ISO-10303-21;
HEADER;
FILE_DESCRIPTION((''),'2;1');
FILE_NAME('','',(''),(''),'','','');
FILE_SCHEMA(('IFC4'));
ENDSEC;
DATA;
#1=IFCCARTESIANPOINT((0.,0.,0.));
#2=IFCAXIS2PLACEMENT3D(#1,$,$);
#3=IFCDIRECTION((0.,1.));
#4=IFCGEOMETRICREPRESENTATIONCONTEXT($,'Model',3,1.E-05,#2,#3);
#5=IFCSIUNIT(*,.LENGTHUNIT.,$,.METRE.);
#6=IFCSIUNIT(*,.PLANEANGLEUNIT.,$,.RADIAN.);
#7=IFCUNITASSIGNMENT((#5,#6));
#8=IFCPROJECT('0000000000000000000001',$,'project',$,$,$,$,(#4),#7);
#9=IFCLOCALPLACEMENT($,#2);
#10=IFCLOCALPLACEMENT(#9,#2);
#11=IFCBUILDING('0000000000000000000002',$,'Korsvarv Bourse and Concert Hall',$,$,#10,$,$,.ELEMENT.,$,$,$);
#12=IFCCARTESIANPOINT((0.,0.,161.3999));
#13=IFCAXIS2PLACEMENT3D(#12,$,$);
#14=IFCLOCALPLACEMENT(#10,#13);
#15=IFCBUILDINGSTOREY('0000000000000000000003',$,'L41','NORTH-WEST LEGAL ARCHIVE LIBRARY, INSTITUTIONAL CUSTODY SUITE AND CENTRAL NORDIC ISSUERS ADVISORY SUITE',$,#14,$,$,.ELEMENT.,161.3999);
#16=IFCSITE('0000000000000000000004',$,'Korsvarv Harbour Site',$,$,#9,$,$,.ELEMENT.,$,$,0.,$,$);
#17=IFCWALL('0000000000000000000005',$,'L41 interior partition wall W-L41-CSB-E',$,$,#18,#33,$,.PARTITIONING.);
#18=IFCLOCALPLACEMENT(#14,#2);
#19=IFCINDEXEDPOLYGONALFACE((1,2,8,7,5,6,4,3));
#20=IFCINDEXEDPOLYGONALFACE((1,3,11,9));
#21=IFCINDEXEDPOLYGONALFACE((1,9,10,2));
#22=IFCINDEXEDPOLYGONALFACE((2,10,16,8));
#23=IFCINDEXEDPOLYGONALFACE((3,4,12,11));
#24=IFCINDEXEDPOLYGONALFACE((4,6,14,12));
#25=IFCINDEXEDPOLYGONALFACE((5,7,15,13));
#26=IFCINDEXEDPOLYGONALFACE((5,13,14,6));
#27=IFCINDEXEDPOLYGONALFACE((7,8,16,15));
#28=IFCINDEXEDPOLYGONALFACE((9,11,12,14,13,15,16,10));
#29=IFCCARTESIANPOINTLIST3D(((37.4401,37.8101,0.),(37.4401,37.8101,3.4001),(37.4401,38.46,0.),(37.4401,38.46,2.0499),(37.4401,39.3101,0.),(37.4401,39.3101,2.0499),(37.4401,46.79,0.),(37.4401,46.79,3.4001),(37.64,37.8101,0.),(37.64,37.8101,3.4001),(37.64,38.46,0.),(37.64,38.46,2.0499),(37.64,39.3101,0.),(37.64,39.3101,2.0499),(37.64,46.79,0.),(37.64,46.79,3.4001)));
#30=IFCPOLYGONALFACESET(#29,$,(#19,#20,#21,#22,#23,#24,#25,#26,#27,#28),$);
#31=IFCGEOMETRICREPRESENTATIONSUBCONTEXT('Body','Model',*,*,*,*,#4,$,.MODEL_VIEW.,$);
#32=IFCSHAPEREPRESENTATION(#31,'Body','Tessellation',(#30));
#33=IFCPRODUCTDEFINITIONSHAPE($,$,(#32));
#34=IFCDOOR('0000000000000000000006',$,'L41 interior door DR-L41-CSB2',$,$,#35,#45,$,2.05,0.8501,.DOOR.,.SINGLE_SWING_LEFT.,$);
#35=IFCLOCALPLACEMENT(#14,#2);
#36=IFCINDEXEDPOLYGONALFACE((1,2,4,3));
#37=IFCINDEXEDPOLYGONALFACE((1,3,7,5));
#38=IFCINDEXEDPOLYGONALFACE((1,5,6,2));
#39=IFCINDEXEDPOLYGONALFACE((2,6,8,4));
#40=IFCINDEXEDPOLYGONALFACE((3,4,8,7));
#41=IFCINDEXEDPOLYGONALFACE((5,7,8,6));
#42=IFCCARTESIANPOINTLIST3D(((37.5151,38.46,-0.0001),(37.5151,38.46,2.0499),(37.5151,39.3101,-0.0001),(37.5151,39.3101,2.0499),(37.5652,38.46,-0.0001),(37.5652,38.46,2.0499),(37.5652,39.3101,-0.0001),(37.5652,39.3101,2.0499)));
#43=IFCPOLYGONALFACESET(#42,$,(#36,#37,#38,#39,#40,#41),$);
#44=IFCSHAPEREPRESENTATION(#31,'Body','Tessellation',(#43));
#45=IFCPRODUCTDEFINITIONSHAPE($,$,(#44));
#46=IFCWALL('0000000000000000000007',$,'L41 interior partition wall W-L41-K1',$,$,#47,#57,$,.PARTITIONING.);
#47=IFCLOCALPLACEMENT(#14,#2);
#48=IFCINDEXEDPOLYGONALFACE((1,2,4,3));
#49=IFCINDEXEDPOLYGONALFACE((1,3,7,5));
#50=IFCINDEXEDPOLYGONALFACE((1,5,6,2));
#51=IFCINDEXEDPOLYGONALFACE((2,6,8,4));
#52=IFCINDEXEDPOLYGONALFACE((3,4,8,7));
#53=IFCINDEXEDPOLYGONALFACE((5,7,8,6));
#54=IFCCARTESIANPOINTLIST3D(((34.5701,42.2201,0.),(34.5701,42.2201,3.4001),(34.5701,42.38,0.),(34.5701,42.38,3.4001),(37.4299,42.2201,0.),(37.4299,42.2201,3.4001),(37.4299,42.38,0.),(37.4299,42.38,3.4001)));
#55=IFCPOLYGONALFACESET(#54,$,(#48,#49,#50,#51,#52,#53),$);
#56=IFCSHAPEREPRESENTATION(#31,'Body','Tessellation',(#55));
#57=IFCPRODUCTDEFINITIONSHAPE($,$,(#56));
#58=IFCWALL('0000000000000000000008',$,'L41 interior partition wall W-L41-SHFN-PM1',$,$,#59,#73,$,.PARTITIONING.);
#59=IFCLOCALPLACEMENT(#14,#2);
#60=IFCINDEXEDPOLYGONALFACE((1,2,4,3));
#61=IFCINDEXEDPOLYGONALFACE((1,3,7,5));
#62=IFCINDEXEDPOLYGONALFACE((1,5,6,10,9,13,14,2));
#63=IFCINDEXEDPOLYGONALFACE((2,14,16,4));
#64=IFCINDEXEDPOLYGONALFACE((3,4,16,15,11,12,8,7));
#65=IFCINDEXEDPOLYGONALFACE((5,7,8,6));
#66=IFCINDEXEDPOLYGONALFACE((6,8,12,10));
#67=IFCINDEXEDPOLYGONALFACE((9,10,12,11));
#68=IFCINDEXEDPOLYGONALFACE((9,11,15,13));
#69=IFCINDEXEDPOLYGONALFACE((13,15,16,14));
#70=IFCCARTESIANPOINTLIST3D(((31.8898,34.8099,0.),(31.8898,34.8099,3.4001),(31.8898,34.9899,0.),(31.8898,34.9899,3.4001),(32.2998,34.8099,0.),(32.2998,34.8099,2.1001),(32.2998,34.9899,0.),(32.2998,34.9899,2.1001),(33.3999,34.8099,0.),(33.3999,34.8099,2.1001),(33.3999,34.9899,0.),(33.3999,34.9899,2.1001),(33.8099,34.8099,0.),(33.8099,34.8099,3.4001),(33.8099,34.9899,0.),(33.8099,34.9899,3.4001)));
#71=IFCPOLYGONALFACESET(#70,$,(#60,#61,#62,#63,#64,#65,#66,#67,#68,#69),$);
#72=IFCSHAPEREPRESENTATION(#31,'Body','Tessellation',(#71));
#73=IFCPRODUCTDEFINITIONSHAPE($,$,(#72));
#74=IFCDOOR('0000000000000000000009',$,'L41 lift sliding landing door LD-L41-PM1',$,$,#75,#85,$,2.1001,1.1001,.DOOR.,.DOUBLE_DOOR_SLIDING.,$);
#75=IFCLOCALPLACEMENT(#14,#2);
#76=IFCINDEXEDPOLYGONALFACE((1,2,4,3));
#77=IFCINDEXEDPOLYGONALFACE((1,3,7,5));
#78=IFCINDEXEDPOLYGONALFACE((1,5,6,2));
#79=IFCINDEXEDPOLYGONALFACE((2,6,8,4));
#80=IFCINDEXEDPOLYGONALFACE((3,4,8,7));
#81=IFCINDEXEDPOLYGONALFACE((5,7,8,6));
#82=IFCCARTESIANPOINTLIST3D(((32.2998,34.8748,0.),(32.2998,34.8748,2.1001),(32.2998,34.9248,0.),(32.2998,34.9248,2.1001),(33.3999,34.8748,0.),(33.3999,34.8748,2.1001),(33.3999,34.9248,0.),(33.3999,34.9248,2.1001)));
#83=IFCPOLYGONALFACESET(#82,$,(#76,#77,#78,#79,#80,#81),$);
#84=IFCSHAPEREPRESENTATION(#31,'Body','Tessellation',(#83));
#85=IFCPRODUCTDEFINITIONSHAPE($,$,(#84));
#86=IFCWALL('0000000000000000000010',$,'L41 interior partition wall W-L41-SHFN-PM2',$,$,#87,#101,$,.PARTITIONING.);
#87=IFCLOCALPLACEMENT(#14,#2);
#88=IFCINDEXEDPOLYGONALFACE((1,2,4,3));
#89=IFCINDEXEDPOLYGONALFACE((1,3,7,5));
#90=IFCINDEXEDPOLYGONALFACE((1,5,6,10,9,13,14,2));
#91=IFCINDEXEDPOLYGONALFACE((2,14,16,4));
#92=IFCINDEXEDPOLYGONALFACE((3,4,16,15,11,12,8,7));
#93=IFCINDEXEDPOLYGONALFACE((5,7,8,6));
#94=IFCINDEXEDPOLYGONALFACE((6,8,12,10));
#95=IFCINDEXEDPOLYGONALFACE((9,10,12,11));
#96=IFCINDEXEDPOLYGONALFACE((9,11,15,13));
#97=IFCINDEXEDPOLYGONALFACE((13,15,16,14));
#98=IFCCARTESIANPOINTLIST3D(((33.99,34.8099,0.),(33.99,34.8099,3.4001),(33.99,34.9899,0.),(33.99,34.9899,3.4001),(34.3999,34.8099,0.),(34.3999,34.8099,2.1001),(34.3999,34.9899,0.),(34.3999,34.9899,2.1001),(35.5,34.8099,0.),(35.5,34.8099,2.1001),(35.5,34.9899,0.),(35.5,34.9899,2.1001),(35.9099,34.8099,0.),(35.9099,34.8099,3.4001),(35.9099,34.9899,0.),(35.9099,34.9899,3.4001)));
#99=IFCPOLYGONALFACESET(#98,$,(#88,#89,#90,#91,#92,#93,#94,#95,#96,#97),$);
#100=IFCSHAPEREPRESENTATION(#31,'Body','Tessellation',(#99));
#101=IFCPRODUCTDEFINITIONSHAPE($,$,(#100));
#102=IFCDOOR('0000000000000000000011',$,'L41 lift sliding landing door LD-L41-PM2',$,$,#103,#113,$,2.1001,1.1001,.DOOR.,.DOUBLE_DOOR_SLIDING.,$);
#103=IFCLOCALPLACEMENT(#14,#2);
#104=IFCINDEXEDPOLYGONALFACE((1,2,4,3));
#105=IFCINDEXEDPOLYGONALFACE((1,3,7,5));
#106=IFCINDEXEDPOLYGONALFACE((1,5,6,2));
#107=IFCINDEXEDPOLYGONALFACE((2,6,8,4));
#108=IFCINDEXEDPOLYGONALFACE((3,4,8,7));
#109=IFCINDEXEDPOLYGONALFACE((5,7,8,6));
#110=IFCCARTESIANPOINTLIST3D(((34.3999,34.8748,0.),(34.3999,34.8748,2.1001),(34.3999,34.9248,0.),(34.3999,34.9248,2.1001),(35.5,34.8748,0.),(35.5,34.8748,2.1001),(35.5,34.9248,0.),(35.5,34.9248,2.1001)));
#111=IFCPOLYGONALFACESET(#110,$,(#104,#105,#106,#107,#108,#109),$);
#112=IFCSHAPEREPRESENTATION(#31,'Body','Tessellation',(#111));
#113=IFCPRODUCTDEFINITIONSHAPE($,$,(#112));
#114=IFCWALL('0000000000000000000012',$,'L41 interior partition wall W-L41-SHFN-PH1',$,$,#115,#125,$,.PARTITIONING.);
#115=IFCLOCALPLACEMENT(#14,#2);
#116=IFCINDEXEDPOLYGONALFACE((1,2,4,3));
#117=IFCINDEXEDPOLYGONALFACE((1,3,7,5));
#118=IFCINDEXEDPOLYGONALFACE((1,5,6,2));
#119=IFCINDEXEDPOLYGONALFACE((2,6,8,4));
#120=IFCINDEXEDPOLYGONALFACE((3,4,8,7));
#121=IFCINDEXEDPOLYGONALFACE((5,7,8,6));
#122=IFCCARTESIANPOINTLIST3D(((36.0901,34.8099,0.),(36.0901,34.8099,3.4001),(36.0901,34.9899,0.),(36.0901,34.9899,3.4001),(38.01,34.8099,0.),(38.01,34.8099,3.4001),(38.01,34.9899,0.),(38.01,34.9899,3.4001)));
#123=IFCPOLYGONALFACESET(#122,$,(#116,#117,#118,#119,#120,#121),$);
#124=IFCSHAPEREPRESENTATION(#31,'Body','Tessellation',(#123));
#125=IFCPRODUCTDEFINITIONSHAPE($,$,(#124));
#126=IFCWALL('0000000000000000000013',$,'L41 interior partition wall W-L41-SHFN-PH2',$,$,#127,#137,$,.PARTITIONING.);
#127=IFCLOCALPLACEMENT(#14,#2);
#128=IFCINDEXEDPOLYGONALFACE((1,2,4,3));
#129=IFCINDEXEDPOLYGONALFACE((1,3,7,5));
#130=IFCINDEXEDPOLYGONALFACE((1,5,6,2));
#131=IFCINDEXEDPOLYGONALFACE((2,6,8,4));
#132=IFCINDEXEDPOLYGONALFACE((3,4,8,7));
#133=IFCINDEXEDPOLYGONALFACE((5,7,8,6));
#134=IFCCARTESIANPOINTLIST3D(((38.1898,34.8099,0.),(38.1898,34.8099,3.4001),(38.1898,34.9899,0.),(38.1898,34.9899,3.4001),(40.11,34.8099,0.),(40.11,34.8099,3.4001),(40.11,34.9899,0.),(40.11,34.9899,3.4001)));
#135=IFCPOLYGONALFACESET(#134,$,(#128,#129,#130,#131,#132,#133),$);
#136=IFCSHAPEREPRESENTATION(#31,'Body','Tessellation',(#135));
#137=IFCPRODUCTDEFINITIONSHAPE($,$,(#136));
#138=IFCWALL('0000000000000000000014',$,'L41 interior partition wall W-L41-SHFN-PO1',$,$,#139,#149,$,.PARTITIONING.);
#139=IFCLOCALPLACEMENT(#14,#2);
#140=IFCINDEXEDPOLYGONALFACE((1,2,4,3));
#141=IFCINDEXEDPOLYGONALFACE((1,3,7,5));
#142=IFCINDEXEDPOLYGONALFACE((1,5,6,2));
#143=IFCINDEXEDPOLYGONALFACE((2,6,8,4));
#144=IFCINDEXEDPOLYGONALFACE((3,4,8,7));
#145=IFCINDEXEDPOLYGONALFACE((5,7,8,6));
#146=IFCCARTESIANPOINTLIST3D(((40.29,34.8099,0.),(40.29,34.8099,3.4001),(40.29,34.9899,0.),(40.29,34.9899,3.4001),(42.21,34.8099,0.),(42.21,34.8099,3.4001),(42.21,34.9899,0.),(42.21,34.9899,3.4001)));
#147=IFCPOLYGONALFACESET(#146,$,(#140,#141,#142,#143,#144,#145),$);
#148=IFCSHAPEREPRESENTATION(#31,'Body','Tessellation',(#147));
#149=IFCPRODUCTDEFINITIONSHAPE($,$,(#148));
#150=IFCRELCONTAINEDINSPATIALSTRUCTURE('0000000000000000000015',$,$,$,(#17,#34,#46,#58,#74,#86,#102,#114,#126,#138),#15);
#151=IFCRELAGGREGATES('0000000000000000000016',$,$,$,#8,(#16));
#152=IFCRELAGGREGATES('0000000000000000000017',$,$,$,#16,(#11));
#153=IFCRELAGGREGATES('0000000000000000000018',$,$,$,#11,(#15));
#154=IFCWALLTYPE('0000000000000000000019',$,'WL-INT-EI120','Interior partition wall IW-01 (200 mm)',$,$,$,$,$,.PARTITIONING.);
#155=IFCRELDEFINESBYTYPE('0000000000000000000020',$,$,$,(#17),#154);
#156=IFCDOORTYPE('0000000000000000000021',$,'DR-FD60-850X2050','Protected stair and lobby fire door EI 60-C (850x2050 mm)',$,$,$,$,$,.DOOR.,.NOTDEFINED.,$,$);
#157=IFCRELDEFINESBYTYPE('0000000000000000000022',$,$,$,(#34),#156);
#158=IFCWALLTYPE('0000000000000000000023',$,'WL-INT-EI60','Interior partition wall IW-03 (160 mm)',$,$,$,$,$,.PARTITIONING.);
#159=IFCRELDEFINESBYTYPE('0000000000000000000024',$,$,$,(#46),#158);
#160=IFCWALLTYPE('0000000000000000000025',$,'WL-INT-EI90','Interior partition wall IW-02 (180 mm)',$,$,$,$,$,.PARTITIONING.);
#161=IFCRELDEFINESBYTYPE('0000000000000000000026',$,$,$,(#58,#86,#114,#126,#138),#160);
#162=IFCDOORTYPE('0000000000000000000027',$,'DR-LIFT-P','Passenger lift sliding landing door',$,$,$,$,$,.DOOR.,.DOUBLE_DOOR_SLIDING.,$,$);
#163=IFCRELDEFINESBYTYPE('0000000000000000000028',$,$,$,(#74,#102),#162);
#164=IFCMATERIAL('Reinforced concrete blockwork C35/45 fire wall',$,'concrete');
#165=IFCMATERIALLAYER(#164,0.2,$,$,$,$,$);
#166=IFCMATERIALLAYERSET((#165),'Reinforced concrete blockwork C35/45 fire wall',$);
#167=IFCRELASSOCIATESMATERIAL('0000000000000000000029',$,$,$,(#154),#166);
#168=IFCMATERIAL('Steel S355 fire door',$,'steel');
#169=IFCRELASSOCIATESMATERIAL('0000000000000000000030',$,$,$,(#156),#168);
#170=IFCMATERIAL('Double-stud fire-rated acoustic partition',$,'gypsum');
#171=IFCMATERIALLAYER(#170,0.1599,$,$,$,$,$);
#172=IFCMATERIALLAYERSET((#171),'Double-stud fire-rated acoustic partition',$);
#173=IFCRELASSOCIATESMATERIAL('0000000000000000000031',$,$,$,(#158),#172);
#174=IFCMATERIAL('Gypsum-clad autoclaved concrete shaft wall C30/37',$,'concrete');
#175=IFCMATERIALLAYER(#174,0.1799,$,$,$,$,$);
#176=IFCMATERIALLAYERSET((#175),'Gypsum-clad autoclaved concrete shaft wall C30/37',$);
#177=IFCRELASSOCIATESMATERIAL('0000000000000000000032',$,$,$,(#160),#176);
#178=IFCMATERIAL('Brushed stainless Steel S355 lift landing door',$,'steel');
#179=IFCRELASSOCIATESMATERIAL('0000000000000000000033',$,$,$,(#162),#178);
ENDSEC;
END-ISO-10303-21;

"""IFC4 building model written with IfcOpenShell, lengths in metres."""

from ifc_helpers import new_model, si_unit, direction, frame, frame_2d, origin, place, context, subcontext, project, spatial, rectangle, extrude, material, layer, layer_set, type_object, element, fill, save


model = new_model("IFC4")

# Units and contexts
model_context = context("Model", 3, precision=1e-05, world=origin(), true_north=direction((0.0, 1.0)))
body_context = subcontext(model_context, "Body", "Model", "MODEL_VIEW")
ifc_project = project(units=[si_unit("LENGTHUNIT", "METRE"), si_unit("PLANEANGLEUNIT", "RADIAN")], contexts=[model_context])

# Site, building, storey
site_placement = place(None, origin())
site = spatial("IfcSite", under=ifc_project, at=site_placement, Name="Korsvarv Harbour Site", CompositionType="ELEMENT", RefElevation=0.0)
building_placement = place(site_placement, origin())
building = spatial("IfcBuilding", under=site, at=building_placement, Name="Korsvarv Bourse and Concert Hall", CompositionType="ELEMENT")
storey_placement = place(building_placement, frame((0.0, 0.0, 161.3999)))
storey = spatial("IfcBuildingStorey", under=building, at=storey_placement, Name="L41", Description="NORTH-WEST LEGAL ARCHIVE LIBRARY, INSTITUTIONAL CUSTODY SUITE AND CENTRAL NORDIC ISSUERS ADVISORY SUITE", CompositionType="ELEMENT", Elevation=161.3999)

# Shared definitions
ifc_material_1 = material(Name="Steel S355 fire door", Category="steel")

# Wall, opening, door
ifc_material_2 = material(Name="Reinforced concrete blockwork C35/45 fire wall", Category="concrete")
ifc_layer_1 = layer(ifc_material_2, 0.2)
ifc_layer_set_1 = layer_set([ifc_layer_1], Name="Reinforced concrete blockwork C35/45 fire wall")
wall_type_1 = type_object("IfcWallType", Name="WL-INT-EI120", Description="Interior partition wall IW-01 (200 mm)", PredefinedType="PARTITIONING", material=ifc_layer_set_1)
door_type_1 = type_object("IfcDoorType", Name="DR-FD60-850X2050", Description="Protected stair and lobby fire door EI 60-C (850x2050 mm)", OperationType="NOTDEFINED", PredefinedType="DOOR", material=ifc_material_1)
wall_1_placement = place(storey_placement, frame((37.54, 37.8101, 0.0), z_axis=(0.0, 0.0, 1.0), x_axis=(0.0, 1.0, 0.0)))
wall_1 = element("IfcWall", 1, at=wall_1_placement, inside=storey, type_object=wall_type_1, Name="L41 interior partition wall W-L41-CSB-E", PredefinedType="PARTITIONING", context=body_context, shape_type="SweptSolid", body=[
    extrude(rectangle(XDim=8.98, YDim=0.2, at=frame_2d((4.49, 0.0))), origin(), (0.0, 0.0, 1.0), 3.4001),
])
opening_1_placement = place(wall_1_placement, frame((0.6499, 0.0, 0.0)))
opening_1 = element("IfcOpeningElement", 2, at=opening_1_placement, cuts=wall_1, PredefinedType="OPENING", context=body_context, shape_type="SweptSolid", body=[
    extrude(rectangle(XDim=0.8501, YDim=2.05, at=frame_2d((0.425, 1.0249))), frame((0.0, 0.1099, 0.0), z_axis=(0.0, -1.0, 0.0), x_axis=(1.0, 0.0, 0.0)), (0.0, 0.0, 1.0), 0.22),
])
door_1_placement = place(opening_1_placement, origin())
door_1 = element("IfcDoor", 3, at=door_1_placement, inside=storey, type_object=door_type_1, Name="L41 interior door DR-L41-CSB2", OperationType="SINGLE_SWING_LEFT", OverallHeight=2.05, OverallWidth=0.8501, PredefinedType="DOOR", context=body_context, shape_type="SweptSolid", body=[
    extrude(rectangle(XDim=0.8501, YDim=2.05, at=frame_2d((0.425, 1.0249))), frame((0.0, 0.0249, 0.0), z_axis=(0.0, -1.0, 0.0), x_axis=(1.0, 0.0, 0.0)), (0.0, 0.0, 1.0), 0.05),
])
fill(opening_1, door_1)

# Wall
ifc_material_3 = material(Name="Double-stud fire-rated acoustic partition", Category="gypsum")
ifc_layer_2 = layer(ifc_material_3, 0.1599)
ifc_layer_set_2 = layer_set([ifc_layer_2], Name="Double-stud fire-rated acoustic partition")
wall_type_2 = type_object("IfcWallType", Name="WL-INT-EI60", Description="Interior partition wall IW-03 (160 mm)", PredefinedType="PARTITIONING", material=ifc_layer_set_2)
wall_2_placement = place(storey_placement, frame((34.5701, 42.3, 0.0), z_axis=(0.0, 0.0, 1.0), x_axis=(1.0, 0.0, 0.0)))
element("IfcWall", 4, at=wall_2_placement, inside=storey, type_object=wall_type_2, Name="L41 interior partition wall W-L41-K1", PredefinedType="PARTITIONING", context=body_context, shape_type="SweptSolid", body=[
    extrude(rectangle(XDim=2.8599, YDim=0.1599, at=frame_2d((1.4299, 0.0))), origin(), (0.0, 0.0, 1.0), 3.4001),
])

# Walls, openings, doors
ifc_material_4 = material(Name="Gypsum-clad autoclaved concrete shaft wall C30/37", Category="concrete")
ifc_layer_3 = layer(ifc_material_4, 0.1799)
ifc_layer_set_3 = layer_set([ifc_layer_3], Name="Gypsum-clad autoclaved concrete shaft wall C30/37")
wall_type_3 = type_object("IfcWallType", Name="WL-INT-EI90", Description="Interior partition wall IW-02 (180 mm)", PredefinedType="PARTITIONING", material=ifc_layer_set_3)
wall_3_placement = place(storey_placement, frame((31.8899, 34.8999, 0.0), z_axis=(0.0, 0.0, 1.0), x_axis=(1.0, 0.0, 0.0)))
wall_3 = element("IfcWall", 5, at=wall_3_placement, inside=storey, type_object=wall_type_3, Name="L41 interior partition wall W-L41-SHFN-PM1", PredefinedType="PARTITIONING", context=body_context, shape_type="SweptSolid", body=[
    extrude(rectangle(XDim=1.9202, YDim=0.1799, at=frame_2d((0.96, 0.0))), origin(), (0.0, 0.0, 1.0), 3.4001),
])
opening_2_placement = place(wall_3_placement, frame((0.4099, 0.0, 0.0)))
opening_2 = element("IfcOpeningElement", 6, at=opening_2_placement, cuts=wall_3, PredefinedType="OPENING", context=body_context, shape_type="SweptSolid", body=[
    extrude(rectangle(XDim=1.1001, YDim=2.1001, at=frame_2d((0.55, 1.05))), frame((0.0, 0.1001, 0.0), z_axis=(0.0, -1.0, 0.0), x_axis=(1.0, 0.0, 0.0)), (0.0, 0.0, 1.0), 0.2),
])
ifc_material_5 = material(Name="Brushed stainless Steel S355 lift landing door", Category="steel")
door_type_2 = type_object("IfcDoorType", Name="DR-LIFT-P", Description="Passenger lift sliding landing door", OperationType="DOUBLE_DOOR_SLIDING", PredefinedType="DOOR", material=ifc_material_5)
door_2_placement = place(opening_2_placement, origin())
door_2 = element("IfcDoor", 7, at=door_2_placement, inside=storey, type_object=door_type_2, Name="L41 lift sliding landing door LD-L41-PM1", OperationType="DOUBLE_DOOR_SLIDING", OverallHeight=2.1001, OverallWidth=1.1001, PredefinedType="DOOR", context=body_context, shape_type="SweptSolid", body=[
    extrude(rectangle(XDim=1.1001, YDim=2.1001, at=frame_2d((0.55, 1.05))), frame((0.0, 0.0249, 0.0), z_axis=(0.0, -1.0, 0.0), x_axis=(1.0, 0.0, 0.0)), (0.0, 0.0, 1.0), 0.05),
])
fill(opening_2, door_2)
wall_4_placement = place(storey_placement, frame((33.99, 34.8999, 0.0), z_axis=(0.0, 0.0, 1.0), x_axis=(1.0, 0.0, 0.0)))
wall_4 = element("IfcWall", 8, at=wall_4_placement, inside=storey, type_object=wall_type_3, Name="L41 interior partition wall W-L41-SHFN-PM2", PredefinedType="PARTITIONING", context=body_context, shape_type="SweptSolid", body=[
    extrude(rectangle(XDim=1.9199, YDim=0.1799, at=frame_2d((0.96, 0.0))), origin(), (0.0, 0.0, 1.0), 3.4001),
])
opening_3_placement = place(wall_4_placement, frame((0.4099, 0.0, 0.0)))
opening_3 = element("IfcOpeningElement", 9, at=opening_3_placement, cuts=wall_4, PredefinedType="OPENING", context=body_context, shape_type="SweptSolid", body=[
    extrude(rectangle(XDim=1.1001, YDim=2.1001, at=frame_2d((0.55, 1.05))), frame((0.0, 0.1001, 0.0), z_axis=(0.0, -1.0, 0.0), x_axis=(1.0, 0.0, 0.0)), (0.0, 0.0, 1.0), 0.2),
])
door_3_placement = place(opening_3_placement, origin())
door_3 = element("IfcDoor", 10, at=door_3_placement, inside=storey, type_object=door_type_2, Name="L41 lift sliding landing door LD-L41-PM2", OperationType="DOUBLE_DOOR_SLIDING", OverallHeight=2.1001, OverallWidth=1.1001, PredefinedType="DOOR", context=body_context, shape_type="SweptSolid", body=[
    extrude(rectangle(XDim=1.1001, YDim=2.1001, at=frame_2d((0.55, 1.05))), frame((0.0, 0.0249, 0.0), z_axis=(0.0, -1.0, 0.0), x_axis=(1.0, 0.0, 0.0)), (0.0, 0.0, 1.0), 0.05),
])
fill(opening_3, door_3)

# Walls
wall_5_placement = place(storey_placement, frame((36.0901, 34.8999, 0.0), z_axis=(0.0, 0.0, 1.0), x_axis=(1.0, 0.0, 0.0)))
element("IfcWall", 11, at=wall_5_placement, inside=storey, type_object=wall_type_3, Name="L41 interior partition wall W-L41-SHFN-PH1", PredefinedType="PARTITIONING", context=body_context, shape_type="SweptSolid", body=[
    extrude(rectangle(XDim=1.9199, YDim=0.1799, at=frame_2d((0.96, 0.0))), origin(), (0.0, 0.0, 1.0), 3.4001),
])
wall_6_placement = place(storey_placement, frame((38.1899, 34.8999, 0.0), z_axis=(0.0, 0.0, 1.0), x_axis=(1.0, 0.0, 0.0)))
element("IfcWall", 12, at=wall_6_placement, inside=storey, type_object=wall_type_3, Name="L41 interior partition wall W-L41-SHFN-PH2", PredefinedType="PARTITIONING", context=body_context, shape_type="SweptSolid", body=[
    extrude(rectangle(XDim=1.9202, YDim=0.1799, at=frame_2d((0.96, 0.0))), origin(), (0.0, 0.0, 1.0), 3.4001),
])
wall_7_placement = place(storey_placement, frame((40.29, 34.8999, 0.0), z_axis=(0.0, 0.0, 1.0), x_axis=(1.0, 0.0, 0.0)))
element("IfcWall", 13, at=wall_7_placement, inside=storey, type_object=wall_type_3, Name="L41 interior partition wall W-L41-SHFN-PO1", PredefinedType="PARTITIONING", context=body_context, shape_type="SweptSolid", body=[
    extrude(rectangle(XDim=1.9199, YDim=0.1799, at=frame_2d((0.96, 0.0))), origin(), (0.0, 0.0, 1.0), 3.4001),
])

save(model, "model.ifc")
